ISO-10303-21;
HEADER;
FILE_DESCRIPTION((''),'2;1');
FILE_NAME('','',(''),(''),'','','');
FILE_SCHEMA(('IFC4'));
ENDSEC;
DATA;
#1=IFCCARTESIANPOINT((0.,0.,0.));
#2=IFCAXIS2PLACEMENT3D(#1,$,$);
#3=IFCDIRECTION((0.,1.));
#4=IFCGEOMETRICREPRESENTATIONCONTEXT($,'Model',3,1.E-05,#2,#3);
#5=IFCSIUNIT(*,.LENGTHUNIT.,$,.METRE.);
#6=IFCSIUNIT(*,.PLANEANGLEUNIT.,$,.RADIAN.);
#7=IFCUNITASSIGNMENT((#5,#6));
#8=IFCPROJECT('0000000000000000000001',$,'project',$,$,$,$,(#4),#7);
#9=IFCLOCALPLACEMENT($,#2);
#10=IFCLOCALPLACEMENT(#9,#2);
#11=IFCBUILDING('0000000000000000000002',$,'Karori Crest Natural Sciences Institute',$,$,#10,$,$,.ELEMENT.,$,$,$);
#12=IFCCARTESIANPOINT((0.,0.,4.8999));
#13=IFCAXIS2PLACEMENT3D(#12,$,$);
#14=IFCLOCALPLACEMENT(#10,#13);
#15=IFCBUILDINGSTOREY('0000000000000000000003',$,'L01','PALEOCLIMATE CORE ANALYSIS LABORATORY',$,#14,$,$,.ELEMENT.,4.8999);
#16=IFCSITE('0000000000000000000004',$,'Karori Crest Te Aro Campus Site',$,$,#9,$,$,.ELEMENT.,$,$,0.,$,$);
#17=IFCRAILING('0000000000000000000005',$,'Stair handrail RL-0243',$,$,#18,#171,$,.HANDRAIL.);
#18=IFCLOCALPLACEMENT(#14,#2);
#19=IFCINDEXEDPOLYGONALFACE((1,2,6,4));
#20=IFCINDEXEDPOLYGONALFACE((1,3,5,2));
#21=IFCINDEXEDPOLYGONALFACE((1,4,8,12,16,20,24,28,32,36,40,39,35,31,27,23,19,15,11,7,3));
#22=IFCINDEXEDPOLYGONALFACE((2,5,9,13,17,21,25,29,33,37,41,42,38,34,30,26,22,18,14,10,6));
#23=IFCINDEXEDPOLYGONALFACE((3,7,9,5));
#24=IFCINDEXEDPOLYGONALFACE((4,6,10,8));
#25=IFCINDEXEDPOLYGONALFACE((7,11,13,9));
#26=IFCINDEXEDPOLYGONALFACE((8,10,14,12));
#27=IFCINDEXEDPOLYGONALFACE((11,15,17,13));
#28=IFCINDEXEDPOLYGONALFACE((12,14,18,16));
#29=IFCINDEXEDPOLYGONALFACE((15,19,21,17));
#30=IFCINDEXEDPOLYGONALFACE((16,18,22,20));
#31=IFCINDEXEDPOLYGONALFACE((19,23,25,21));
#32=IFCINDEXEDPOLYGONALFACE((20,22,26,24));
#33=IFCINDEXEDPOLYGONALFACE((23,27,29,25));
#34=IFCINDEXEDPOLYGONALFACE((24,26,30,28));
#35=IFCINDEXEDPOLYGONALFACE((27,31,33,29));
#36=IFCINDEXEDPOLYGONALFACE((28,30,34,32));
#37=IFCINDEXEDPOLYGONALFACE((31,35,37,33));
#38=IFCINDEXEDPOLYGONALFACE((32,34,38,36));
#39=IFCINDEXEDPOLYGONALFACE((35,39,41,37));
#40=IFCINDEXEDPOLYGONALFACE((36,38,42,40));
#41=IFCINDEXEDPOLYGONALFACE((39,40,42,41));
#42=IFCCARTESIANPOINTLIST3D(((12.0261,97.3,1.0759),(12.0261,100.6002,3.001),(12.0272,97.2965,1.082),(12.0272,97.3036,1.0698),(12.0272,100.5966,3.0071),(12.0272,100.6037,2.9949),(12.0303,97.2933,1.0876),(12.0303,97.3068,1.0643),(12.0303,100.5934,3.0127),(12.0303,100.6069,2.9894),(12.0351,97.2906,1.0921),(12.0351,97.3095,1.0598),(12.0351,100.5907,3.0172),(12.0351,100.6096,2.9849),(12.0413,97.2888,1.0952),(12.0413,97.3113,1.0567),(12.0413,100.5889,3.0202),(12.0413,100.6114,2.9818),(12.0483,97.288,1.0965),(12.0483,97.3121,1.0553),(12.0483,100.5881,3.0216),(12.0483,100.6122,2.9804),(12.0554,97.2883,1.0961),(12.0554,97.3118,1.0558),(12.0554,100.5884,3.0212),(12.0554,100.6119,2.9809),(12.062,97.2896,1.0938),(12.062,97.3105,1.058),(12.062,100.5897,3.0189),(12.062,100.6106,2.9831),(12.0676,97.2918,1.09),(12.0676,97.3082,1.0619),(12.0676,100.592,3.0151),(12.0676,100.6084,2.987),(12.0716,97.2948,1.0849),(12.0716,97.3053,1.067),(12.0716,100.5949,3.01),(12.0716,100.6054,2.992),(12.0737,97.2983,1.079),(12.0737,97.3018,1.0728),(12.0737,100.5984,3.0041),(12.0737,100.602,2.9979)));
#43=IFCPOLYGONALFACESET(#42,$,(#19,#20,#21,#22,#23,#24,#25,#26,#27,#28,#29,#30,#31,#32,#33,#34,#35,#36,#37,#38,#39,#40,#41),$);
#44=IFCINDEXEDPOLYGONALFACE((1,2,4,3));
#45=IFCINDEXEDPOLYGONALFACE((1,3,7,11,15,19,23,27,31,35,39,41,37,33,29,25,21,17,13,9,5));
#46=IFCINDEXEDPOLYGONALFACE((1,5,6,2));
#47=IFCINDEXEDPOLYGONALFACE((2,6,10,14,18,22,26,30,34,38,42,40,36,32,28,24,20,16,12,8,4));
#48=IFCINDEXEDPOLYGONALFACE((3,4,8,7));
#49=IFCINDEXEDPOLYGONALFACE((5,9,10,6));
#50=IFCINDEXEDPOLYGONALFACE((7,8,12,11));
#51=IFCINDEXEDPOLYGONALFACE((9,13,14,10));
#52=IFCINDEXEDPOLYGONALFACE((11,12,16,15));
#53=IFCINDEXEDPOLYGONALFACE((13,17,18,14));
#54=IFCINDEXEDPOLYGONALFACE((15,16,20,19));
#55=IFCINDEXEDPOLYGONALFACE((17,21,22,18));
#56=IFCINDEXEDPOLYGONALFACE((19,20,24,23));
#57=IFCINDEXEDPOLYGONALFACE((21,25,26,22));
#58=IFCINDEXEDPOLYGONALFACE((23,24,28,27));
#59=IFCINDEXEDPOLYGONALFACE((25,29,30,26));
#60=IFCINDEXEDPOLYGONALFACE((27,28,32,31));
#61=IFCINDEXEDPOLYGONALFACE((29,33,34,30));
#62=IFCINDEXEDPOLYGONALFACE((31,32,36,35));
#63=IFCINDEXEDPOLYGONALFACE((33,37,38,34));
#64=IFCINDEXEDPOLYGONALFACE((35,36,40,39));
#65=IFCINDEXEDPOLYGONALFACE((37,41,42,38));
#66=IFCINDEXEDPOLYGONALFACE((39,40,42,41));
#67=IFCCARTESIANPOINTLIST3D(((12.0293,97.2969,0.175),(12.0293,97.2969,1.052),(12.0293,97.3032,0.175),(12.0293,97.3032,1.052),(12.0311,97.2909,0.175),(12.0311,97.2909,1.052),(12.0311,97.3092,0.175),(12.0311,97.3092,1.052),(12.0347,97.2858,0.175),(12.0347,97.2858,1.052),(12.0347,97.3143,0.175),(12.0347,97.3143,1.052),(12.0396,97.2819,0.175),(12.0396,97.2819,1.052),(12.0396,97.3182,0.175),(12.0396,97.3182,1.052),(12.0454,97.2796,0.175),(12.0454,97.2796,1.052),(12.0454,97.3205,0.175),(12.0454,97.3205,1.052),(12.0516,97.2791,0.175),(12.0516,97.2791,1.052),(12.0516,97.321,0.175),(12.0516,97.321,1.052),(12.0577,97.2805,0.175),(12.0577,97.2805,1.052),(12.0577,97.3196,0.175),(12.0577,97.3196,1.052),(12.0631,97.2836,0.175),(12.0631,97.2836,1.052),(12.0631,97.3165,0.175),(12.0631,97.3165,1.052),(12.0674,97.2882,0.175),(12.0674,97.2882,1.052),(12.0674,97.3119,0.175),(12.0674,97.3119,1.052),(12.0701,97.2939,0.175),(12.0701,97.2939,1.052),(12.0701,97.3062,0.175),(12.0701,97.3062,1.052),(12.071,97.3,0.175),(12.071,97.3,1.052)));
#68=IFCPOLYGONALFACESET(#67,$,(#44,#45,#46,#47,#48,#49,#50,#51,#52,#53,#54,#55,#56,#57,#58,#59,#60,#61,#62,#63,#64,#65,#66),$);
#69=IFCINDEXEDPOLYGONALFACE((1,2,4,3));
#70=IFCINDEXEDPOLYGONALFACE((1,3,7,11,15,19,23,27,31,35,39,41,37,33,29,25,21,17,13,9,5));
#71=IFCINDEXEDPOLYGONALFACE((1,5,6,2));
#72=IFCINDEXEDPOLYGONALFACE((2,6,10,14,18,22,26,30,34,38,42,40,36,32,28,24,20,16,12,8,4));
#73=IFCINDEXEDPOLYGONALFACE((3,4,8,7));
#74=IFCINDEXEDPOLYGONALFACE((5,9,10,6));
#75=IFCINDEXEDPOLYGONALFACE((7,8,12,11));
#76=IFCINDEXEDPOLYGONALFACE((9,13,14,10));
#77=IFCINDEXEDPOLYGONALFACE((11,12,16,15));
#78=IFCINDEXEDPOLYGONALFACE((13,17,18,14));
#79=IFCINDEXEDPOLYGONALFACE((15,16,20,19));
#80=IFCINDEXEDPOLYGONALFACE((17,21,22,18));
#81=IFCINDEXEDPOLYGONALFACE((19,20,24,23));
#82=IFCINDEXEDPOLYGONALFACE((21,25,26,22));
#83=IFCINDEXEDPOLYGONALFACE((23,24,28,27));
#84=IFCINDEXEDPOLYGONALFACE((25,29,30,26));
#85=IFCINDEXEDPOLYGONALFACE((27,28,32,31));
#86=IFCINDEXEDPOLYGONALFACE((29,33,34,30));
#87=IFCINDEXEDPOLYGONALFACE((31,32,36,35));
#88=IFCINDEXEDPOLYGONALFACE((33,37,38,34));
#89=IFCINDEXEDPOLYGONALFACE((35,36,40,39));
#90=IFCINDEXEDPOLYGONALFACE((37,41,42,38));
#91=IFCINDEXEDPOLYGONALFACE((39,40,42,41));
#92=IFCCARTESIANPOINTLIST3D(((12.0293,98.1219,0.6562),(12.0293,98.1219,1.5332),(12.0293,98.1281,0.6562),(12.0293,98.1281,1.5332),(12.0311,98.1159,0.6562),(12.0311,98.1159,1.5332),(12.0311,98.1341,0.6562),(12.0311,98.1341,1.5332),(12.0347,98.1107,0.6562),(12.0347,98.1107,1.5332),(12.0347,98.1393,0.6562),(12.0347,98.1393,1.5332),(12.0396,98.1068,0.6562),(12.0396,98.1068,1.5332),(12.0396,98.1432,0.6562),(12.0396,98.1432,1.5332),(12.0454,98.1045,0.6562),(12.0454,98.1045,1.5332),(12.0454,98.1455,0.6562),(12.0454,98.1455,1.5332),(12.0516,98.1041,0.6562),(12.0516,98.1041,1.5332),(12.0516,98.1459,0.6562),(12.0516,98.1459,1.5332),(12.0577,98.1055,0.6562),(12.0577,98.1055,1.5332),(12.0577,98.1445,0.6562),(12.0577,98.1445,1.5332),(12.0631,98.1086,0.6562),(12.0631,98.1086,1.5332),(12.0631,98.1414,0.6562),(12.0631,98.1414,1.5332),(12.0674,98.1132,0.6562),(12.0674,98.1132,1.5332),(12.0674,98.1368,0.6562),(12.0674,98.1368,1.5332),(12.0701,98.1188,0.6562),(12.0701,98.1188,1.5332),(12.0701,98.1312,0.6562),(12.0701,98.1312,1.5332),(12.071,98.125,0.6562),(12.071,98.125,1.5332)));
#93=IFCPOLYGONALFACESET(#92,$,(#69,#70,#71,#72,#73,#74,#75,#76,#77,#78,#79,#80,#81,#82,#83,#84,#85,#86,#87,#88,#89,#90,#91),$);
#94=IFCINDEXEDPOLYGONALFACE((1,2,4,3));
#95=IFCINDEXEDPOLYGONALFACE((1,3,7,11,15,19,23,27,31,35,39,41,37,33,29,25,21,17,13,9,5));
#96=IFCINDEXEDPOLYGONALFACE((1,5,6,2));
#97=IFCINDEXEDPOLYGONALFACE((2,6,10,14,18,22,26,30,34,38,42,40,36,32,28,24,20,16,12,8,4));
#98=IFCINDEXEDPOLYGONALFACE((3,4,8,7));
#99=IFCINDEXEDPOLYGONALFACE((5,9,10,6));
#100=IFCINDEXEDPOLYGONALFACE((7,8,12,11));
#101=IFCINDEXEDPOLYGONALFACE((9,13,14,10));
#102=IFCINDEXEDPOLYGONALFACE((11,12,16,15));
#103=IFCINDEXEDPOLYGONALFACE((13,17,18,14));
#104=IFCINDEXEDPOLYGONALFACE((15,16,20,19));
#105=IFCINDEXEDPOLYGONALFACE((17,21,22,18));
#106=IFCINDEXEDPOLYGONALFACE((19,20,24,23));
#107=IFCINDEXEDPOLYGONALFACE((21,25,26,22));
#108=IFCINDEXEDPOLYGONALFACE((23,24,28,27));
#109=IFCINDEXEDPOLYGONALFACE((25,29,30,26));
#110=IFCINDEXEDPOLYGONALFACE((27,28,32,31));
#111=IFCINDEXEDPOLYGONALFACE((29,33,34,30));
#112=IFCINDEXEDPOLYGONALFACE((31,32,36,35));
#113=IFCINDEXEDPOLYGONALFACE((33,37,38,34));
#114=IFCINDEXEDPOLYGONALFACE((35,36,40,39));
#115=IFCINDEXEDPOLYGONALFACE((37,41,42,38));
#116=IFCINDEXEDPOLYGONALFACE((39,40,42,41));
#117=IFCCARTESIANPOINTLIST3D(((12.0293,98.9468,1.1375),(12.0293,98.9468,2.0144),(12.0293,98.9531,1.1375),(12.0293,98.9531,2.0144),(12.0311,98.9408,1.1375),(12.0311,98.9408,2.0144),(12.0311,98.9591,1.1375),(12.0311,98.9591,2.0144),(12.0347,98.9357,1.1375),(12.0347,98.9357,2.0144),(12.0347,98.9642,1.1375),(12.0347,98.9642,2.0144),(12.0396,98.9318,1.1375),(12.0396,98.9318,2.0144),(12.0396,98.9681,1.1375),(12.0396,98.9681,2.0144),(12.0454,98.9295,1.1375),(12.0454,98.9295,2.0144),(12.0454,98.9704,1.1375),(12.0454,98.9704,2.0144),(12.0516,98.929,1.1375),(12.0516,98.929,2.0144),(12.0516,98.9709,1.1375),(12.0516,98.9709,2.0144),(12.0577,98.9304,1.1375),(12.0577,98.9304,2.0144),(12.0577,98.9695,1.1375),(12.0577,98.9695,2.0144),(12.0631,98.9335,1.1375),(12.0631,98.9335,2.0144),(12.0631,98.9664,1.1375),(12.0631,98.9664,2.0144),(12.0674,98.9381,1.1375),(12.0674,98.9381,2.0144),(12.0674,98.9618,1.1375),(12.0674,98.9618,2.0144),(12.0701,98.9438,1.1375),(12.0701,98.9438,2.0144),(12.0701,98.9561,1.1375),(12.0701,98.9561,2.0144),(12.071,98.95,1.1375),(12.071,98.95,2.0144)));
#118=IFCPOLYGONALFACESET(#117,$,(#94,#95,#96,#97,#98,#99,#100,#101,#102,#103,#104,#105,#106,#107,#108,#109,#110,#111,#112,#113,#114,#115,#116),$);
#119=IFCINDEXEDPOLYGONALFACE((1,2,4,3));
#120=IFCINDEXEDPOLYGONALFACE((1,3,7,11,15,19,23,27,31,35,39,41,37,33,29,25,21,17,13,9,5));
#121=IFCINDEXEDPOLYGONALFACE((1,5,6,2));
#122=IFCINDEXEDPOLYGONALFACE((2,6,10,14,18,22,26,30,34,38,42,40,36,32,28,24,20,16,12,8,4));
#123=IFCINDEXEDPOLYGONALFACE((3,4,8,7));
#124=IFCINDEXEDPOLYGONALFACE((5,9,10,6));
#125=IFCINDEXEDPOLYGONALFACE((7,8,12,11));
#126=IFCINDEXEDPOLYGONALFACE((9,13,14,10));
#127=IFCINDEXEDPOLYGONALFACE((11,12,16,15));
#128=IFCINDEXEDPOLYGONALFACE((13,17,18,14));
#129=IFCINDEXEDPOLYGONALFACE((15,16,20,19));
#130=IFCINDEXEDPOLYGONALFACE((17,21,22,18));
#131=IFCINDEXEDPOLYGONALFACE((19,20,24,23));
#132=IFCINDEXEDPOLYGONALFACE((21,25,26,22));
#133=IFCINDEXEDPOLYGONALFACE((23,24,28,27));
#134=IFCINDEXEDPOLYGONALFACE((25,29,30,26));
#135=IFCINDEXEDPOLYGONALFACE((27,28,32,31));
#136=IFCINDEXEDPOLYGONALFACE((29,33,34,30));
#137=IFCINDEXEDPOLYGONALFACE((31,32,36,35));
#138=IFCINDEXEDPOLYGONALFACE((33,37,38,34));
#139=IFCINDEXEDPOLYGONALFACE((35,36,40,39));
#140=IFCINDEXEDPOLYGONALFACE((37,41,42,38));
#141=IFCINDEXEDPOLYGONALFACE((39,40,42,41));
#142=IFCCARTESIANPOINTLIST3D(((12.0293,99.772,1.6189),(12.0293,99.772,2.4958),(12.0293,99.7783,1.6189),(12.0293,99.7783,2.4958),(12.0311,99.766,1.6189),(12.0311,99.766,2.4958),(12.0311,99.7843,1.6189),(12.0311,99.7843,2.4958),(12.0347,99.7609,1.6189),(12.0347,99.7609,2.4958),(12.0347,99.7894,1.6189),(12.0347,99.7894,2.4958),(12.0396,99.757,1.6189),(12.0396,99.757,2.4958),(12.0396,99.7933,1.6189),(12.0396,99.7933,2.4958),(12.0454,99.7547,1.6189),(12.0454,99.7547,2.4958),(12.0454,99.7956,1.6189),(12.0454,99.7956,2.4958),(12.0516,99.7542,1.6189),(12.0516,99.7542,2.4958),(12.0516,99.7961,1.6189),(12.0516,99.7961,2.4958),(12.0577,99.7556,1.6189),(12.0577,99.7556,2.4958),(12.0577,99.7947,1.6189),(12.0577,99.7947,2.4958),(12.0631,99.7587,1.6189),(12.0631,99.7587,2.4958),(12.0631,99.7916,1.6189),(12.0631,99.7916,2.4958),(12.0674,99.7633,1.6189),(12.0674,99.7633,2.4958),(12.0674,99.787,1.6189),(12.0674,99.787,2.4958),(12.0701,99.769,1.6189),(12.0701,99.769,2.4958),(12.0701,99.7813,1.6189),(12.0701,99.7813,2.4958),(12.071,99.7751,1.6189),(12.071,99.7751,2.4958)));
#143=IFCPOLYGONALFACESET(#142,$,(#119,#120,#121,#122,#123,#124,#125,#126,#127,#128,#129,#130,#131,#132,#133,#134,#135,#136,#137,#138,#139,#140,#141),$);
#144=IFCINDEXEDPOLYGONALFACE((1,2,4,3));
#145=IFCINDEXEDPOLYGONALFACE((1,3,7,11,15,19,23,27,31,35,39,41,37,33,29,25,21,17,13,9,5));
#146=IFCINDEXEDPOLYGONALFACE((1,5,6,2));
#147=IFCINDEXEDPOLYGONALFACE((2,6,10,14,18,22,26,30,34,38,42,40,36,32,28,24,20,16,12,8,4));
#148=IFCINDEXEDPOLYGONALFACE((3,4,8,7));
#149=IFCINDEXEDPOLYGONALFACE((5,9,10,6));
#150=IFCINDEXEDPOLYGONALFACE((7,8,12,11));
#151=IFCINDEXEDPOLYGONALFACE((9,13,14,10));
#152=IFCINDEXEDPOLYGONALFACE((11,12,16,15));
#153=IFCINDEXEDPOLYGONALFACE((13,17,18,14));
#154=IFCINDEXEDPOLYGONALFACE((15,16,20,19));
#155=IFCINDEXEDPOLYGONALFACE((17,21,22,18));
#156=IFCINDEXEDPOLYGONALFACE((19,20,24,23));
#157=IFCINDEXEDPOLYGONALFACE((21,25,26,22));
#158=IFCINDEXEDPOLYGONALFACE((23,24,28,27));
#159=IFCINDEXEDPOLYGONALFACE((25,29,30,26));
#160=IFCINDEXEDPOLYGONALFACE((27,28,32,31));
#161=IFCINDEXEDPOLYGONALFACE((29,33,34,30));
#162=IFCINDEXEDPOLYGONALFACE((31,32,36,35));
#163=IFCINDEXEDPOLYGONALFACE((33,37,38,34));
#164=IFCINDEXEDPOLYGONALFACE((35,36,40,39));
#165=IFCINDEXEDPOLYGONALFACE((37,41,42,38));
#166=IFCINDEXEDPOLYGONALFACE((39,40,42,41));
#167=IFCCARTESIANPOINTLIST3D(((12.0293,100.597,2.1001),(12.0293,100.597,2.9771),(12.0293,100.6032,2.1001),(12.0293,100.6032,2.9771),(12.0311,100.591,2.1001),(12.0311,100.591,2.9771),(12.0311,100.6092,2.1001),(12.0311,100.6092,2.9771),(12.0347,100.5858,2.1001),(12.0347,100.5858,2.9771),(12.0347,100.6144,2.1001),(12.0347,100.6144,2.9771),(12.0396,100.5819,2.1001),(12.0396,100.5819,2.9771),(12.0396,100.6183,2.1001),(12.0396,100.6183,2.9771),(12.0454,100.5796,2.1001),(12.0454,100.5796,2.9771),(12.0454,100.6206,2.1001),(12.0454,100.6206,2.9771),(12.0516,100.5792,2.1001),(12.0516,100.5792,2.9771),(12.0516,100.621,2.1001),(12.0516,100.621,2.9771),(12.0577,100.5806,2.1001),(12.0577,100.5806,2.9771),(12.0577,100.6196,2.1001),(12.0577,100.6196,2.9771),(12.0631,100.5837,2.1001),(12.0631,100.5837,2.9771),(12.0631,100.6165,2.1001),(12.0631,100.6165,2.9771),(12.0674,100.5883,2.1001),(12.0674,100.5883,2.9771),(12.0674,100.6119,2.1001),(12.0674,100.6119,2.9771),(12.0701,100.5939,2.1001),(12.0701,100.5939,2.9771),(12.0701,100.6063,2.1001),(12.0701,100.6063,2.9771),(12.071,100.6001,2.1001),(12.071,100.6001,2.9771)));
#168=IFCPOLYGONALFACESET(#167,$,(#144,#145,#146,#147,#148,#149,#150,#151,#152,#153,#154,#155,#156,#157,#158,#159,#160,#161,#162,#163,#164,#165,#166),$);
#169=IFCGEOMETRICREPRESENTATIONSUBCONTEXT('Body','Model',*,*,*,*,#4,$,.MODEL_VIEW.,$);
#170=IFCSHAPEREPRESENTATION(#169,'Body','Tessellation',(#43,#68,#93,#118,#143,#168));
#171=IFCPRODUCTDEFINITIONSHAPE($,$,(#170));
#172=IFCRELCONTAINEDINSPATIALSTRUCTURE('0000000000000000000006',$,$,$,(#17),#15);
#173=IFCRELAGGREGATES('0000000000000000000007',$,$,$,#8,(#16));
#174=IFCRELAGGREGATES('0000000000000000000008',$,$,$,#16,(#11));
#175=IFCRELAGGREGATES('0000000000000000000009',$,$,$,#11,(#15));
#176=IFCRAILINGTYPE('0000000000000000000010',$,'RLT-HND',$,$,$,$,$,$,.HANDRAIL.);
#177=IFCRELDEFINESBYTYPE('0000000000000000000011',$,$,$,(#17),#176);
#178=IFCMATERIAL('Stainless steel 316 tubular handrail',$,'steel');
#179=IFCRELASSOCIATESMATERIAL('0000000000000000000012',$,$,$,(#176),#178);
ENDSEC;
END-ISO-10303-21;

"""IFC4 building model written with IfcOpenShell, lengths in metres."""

from ifc_helpers import new_model, si_unit, direction, frame, origin, origin_2d, place, context, subcontext, project, spatial, circle, extrude, material, type_object, element, save


model = new_model("IFC4")

# Units and contexts
model_context = context("Model", 3, precision=1e-05, world=origin(), true_north=direction((0.0, 1.0)))
body_context = subcontext(model_context, "Body", "Model", "MODEL_VIEW")
ifc_project = project(units=[si_unit("LENGTHUNIT", "METRE"), si_unit("PLANEANGLEUNIT", "RADIAN")], contexts=[model_context])

# Site, building, storey
site_placement = place(None, origin())
site = spatial("IfcSite", under=ifc_project, at=site_placement, Name="Karori Crest Te Aro Campus Site", CompositionType="ELEMENT", RefElevation=0.0)
building_placement = place(site_placement, origin())
building = spatial("IfcBuilding", under=site, at=building_placement, Name="Karori Crest Natural Sciences Institute", CompositionType="ELEMENT")
storey_placement = place(building_placement, frame((0.0, 0.0, 4.8999)))
storey = spatial("IfcBuildingStorey", under=building, at=storey_placement, Name="L01", Description="PALEOCLIMATE CORE ANALYSIS LABORATORY", CompositionType="ELEMENT", Elevation=4.8999)

# Railing
ifc_material_1 = material(Name="Stainless steel 316 tubular handrail", Category="steel")
railing_type_1 = type_object("IfcRailingType", Name="RLT-HND", PredefinedType="HANDRAIL", material=ifc_material_1)
railing_1_placement = place(storey_placement, frame((12.05, 97.3, 0.175)))
element("IfcRailing", 1, at=railing_1_placement, inside=storey, type_object=railing_type_1, Name="Stair handrail RL-0243", PredefinedType="HANDRAIL", context=body_context, shape_type="SweptSolid", body=[
    extrude(circle(Radius=0.0239, at=origin_2d()), frame((0.0, 0.0, 0.9009), z_axis=(0.0, 0.863777, 0.503875), x_axis=(-1.0, 0.0, 0.0)), (0.0, 0.0, 1.0), 3.8206),
    extrude(circle(Radius=0.021, at=origin_2d()), origin(), (0.0, 0.0, 1.0), 0.877),
    extrude(circle(Radius=0.021, at=origin_2d()), frame((0.0, 0.825, 0.4812)), (0.0, 0.0, 1.0), 0.877),
    extrude(circle(Radius=0.021, at=origin_2d()), frame((0.0, 1.6499, 0.9624)), (0.0, 0.0, 1.0), 0.877),
    extrude(circle(Radius=0.021, at=origin_2d()), frame((0.0, 2.4751, 1.4438)), (0.0, 0.0, 1.0), 0.877),
    extrude(circle(Radius=0.021, at=origin_2d()), frame((0.0, 3.3, 1.925)), (0.0, 0.0, 1.0), 0.877),
])

save(model, "model.ifc")
